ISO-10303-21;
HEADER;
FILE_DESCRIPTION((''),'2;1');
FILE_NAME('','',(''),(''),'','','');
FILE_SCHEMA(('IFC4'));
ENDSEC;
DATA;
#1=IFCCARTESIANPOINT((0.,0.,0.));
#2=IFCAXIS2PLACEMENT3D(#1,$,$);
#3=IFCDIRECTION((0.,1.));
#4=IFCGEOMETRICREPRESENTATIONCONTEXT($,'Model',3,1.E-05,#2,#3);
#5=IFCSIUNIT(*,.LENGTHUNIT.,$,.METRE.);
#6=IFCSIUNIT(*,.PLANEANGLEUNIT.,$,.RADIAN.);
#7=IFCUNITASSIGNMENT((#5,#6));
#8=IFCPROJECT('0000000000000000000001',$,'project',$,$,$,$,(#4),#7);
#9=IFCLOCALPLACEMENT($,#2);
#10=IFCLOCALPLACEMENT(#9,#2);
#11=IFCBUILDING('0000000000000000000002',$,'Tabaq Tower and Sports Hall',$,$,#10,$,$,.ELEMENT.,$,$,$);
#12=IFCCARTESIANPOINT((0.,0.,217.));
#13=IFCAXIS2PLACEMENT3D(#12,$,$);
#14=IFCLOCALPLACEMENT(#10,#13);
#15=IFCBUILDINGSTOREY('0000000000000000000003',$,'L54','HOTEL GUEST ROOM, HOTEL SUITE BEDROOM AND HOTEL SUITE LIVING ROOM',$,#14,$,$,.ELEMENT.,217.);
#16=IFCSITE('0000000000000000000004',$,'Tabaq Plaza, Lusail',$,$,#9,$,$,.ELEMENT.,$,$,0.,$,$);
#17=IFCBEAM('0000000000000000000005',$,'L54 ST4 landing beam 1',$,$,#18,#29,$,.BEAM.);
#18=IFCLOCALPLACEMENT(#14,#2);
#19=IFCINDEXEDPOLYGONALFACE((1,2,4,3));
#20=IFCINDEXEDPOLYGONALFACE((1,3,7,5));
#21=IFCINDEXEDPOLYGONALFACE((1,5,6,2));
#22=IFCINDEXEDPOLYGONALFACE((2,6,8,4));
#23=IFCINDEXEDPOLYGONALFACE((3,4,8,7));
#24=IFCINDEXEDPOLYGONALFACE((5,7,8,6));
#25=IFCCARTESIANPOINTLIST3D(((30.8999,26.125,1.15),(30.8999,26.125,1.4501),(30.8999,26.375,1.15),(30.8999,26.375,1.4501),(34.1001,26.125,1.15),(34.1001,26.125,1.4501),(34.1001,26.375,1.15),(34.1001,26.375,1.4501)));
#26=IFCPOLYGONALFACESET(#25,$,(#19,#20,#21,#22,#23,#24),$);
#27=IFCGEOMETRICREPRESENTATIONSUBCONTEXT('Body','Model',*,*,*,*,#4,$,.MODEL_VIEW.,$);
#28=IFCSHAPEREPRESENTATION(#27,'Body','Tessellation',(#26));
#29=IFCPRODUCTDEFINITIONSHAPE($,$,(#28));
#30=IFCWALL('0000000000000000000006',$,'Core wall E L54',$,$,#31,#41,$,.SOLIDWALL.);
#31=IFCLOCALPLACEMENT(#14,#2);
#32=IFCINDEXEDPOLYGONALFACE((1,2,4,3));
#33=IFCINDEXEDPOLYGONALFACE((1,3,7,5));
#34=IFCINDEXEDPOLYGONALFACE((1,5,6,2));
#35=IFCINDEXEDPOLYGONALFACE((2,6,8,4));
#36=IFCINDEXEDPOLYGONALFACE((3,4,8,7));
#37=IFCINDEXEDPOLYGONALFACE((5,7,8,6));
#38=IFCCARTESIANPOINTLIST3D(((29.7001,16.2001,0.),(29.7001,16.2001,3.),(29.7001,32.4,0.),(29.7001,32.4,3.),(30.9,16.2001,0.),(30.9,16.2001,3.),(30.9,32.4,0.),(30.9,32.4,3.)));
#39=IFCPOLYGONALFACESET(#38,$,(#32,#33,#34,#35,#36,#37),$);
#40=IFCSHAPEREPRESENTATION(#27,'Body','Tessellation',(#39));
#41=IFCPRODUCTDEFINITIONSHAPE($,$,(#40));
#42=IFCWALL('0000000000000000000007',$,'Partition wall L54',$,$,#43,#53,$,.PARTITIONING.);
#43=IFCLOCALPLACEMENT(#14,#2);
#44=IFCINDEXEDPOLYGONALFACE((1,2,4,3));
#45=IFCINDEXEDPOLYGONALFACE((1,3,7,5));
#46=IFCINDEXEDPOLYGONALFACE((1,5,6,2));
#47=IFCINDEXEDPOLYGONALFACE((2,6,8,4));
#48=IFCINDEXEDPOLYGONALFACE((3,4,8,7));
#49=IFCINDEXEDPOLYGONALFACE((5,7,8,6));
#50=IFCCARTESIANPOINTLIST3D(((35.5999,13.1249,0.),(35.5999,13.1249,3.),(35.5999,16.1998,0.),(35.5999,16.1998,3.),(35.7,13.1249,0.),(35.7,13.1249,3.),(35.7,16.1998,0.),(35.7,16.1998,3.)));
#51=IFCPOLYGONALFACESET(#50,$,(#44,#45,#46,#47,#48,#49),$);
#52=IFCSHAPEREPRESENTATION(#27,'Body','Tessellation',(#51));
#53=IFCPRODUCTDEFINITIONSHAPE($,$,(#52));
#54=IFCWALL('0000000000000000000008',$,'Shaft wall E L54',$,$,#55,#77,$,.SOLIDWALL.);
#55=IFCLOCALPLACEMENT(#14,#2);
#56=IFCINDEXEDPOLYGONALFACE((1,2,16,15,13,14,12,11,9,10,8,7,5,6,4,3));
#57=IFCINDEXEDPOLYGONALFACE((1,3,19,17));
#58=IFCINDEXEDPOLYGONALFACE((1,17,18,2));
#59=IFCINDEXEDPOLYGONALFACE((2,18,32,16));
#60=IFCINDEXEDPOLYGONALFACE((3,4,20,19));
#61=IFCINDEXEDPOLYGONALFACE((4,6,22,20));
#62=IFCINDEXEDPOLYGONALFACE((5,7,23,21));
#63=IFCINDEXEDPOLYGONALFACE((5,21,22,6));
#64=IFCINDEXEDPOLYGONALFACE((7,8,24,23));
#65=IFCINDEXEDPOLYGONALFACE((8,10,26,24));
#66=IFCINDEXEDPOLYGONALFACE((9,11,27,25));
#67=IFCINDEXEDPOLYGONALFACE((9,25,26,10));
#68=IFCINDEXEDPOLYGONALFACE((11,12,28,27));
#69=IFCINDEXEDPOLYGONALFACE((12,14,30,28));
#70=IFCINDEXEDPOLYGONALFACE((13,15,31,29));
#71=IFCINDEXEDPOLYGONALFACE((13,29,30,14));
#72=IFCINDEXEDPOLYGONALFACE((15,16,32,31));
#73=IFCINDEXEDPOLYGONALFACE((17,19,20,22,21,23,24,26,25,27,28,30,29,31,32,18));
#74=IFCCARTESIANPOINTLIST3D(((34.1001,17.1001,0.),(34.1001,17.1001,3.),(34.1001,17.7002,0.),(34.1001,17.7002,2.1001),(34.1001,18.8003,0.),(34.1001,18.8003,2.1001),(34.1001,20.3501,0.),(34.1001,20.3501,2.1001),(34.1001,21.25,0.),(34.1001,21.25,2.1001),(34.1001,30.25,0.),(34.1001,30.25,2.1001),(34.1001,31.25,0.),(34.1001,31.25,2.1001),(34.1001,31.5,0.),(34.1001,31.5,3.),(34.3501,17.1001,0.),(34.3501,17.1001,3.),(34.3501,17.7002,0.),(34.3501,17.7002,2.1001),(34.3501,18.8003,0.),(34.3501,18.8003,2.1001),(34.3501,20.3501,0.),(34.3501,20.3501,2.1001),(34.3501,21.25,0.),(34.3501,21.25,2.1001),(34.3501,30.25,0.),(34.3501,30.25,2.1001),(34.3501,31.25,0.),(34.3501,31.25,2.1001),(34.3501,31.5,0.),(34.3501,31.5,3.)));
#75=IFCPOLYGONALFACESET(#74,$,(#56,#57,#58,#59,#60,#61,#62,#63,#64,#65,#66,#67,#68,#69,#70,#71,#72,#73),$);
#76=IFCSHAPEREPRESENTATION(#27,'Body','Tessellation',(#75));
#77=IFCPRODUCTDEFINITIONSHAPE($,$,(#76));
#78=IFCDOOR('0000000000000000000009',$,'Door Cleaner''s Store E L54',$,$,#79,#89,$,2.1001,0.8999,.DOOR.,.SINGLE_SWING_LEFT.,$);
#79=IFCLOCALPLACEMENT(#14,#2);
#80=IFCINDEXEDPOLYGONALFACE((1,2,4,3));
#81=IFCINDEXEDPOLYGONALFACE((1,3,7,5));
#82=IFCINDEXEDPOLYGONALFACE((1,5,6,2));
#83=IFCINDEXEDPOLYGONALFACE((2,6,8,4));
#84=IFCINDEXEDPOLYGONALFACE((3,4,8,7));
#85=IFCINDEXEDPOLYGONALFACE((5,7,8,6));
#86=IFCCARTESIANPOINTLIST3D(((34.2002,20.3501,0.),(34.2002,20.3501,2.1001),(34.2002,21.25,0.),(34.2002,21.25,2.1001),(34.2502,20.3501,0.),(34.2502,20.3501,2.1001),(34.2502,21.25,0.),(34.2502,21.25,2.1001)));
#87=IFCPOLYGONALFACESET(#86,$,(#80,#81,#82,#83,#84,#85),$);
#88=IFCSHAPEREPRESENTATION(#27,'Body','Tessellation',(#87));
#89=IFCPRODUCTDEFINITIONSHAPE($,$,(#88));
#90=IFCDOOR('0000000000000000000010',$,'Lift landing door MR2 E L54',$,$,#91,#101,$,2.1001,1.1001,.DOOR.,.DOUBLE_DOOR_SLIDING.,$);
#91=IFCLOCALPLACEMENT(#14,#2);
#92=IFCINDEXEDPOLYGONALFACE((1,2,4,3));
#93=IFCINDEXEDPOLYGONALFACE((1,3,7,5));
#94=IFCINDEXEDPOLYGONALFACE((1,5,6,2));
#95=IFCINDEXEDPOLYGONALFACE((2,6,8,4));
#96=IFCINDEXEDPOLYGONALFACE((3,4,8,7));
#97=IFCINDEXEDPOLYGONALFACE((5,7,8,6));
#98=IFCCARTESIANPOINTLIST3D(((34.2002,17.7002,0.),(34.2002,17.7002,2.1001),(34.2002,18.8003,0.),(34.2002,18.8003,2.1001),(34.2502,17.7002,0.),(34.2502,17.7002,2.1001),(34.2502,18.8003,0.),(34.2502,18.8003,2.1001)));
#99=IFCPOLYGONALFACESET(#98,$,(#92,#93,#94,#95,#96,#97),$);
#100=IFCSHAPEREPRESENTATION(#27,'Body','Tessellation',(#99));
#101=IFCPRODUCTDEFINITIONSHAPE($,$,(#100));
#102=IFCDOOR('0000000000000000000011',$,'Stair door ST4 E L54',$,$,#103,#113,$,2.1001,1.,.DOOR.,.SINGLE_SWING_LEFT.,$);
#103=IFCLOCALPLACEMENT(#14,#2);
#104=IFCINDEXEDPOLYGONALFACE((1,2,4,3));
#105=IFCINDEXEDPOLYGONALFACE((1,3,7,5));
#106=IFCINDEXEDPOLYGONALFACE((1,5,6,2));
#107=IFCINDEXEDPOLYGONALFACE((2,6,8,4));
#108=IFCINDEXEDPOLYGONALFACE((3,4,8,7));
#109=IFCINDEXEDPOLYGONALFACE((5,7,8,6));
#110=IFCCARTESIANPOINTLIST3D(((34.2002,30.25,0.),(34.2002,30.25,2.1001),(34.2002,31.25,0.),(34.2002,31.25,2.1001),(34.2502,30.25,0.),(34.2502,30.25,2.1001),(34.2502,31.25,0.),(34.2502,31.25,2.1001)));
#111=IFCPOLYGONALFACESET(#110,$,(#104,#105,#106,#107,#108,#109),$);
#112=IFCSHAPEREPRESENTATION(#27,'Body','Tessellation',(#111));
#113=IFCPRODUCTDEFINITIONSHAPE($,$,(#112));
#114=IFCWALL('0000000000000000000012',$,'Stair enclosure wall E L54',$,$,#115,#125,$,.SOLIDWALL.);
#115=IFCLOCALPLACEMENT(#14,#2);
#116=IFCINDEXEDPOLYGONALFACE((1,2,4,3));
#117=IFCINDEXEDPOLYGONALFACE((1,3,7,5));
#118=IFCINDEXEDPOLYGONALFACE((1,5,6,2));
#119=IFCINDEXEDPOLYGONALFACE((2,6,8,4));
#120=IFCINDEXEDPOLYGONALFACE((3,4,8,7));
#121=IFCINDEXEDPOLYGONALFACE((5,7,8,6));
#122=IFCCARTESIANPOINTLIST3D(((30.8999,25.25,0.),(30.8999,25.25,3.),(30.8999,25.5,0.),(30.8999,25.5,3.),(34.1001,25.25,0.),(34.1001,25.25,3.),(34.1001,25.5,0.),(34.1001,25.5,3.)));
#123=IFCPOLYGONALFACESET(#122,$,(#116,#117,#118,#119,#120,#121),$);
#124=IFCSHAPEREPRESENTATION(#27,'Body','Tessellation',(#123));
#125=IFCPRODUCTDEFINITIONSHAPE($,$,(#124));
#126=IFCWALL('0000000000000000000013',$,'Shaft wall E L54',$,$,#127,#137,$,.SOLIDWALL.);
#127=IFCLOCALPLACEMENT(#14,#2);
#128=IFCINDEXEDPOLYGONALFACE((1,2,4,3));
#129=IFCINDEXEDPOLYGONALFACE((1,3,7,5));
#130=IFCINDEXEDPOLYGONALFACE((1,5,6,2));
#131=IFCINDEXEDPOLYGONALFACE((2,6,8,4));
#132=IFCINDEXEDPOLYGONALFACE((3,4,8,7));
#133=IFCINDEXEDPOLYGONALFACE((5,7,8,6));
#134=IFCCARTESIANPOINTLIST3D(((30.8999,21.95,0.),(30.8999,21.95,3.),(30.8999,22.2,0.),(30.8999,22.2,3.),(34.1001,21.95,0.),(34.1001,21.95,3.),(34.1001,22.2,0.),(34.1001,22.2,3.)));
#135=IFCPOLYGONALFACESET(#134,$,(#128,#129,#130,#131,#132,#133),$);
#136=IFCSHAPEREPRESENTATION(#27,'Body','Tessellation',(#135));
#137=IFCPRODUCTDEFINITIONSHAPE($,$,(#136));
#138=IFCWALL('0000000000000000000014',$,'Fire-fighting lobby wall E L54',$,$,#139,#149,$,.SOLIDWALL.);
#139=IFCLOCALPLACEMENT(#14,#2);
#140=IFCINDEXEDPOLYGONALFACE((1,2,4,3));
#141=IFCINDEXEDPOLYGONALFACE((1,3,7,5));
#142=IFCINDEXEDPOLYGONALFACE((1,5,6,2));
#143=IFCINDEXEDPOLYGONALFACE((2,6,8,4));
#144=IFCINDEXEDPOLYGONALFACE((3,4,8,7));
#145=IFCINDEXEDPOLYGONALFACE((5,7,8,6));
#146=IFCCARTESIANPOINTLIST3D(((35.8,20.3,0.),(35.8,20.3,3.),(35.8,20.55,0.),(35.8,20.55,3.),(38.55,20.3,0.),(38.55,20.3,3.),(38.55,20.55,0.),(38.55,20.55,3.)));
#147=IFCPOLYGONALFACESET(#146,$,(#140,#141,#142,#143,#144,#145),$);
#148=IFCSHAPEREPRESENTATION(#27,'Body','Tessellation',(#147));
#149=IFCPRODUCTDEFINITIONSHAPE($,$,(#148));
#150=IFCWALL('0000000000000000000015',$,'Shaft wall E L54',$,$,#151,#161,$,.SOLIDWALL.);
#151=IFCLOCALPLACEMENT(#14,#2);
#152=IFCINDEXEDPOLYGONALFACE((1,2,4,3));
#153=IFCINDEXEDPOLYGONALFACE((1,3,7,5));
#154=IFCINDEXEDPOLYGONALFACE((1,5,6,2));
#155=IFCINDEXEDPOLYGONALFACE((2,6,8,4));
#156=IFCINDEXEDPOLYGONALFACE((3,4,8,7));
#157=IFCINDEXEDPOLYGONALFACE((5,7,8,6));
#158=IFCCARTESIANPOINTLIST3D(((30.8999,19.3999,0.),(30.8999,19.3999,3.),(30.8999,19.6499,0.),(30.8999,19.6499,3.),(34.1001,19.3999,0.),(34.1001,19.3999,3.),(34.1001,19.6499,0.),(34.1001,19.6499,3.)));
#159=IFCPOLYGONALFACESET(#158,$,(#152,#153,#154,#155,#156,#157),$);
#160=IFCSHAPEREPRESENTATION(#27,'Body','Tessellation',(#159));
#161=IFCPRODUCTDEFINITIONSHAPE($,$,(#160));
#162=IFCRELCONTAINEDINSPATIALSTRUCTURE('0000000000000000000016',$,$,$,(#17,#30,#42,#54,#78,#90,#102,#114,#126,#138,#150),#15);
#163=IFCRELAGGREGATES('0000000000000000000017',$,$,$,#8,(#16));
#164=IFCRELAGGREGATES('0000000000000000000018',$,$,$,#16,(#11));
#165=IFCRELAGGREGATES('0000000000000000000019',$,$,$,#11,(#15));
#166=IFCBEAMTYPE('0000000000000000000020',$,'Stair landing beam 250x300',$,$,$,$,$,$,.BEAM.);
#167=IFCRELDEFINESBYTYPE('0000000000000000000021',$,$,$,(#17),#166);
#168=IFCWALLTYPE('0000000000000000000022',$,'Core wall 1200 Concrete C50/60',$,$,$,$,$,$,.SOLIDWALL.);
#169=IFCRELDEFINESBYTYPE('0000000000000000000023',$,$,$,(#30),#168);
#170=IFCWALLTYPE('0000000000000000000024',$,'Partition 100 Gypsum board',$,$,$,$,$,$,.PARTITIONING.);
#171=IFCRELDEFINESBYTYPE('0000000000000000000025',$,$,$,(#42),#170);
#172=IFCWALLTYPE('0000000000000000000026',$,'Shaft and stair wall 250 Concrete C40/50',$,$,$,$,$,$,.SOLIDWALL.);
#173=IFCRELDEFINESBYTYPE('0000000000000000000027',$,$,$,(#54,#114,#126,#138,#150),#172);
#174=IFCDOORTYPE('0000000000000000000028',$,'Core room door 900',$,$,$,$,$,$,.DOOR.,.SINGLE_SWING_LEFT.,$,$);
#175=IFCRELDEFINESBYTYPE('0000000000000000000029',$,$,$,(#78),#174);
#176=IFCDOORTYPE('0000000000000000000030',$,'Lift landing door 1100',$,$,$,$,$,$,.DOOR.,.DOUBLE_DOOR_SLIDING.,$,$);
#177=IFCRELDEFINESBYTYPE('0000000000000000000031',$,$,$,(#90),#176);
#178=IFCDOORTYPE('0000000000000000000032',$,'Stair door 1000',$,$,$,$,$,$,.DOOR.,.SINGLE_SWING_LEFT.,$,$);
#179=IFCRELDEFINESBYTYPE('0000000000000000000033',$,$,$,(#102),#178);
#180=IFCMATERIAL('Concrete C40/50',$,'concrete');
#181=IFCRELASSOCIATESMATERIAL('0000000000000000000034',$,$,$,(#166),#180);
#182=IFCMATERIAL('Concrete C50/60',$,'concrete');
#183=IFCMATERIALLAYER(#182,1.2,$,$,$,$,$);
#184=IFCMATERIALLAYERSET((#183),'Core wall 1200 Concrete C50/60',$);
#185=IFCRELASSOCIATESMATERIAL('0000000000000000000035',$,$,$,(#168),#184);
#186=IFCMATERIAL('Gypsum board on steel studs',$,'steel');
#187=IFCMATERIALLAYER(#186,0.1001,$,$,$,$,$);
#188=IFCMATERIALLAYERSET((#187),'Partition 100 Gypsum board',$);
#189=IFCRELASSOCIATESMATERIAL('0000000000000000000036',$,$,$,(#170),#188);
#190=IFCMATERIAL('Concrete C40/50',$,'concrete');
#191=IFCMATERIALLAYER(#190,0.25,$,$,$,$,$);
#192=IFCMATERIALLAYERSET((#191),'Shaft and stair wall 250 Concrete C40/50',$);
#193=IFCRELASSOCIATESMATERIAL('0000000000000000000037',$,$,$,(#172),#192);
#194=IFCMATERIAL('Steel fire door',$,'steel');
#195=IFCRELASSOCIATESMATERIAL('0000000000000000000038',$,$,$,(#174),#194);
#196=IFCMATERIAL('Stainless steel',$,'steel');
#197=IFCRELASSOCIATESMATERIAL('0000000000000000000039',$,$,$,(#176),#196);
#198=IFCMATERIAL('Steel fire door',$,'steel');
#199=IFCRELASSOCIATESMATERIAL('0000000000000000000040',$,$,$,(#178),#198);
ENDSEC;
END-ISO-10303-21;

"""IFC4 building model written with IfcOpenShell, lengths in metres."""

from ifc_helpers import new_model, si_unit, direction, frame, frame_2d, origin, origin_2d, place, context, subcontext, project, spatial, rectangle, extrude, material, layer, layer_set, material_profile, profile_set, type_object, element, fill, save


model = new_model("IFC4")

# Units and contexts
model_context = context("Model", 3, precision=1e-05, world=origin(), true_north=direction((0.0, 1.0)))
body_context = subcontext(model_context, "Body", "Model", "MODEL_VIEW")
ifc_project = project(units=[si_unit("LENGTHUNIT", "METRE"), si_unit("PLANEANGLEUNIT", "RADIAN")], contexts=[model_context])

# Site, building, storey
site_placement = place(None, origin())
site = spatial("IfcSite", under=ifc_project, at=site_placement, Name="Tabaq Plaza, Lusail", CompositionType="ELEMENT", RefElevation=0.0)
building_placement = place(site_placement, origin())
building = spatial("IfcBuilding", under=site, at=building_placement, Name="Tabaq Tower and Sports Hall", CompositionType="ELEMENT")
storey_placement = place(building_placement, frame((0.0, 0.0, 217.0)))
storey = spatial("IfcBuildingStorey", under=building, at=storey_placement, Name="L54", Description="HOTEL GUEST ROOM, HOTEL SUITE BEDROOM AND HOTEL SUITE LIVING ROOM", CompositionType="ELEMENT", Elevation=217.0)

# Beam
ifc_material_1 = material(Name="Concrete C40/50", Category="concrete")
ifc_material_profile = material_profile(ifc_material_1, rectangle(XDim=0.25, YDim=0.3, at=origin_2d()), Name="RC 250x300")
ifc_profile_set = profile_set([ifc_material_profile], Name="Concrete C40/50")
beam_type = type_object("IfcBeamType", Name="Stair landing beam 250x300", PredefinedType="BEAM", material=ifc_profile_set)
beam_placement = place(storey_placement, frame((30.8999, 26.25, 1.3), z_axis=(1.0, 0.0, 0.0), x_axis=(0.0, 1.0, 0.0)))
element("IfcBeam", 1, at=beam_placement, inside=storey, type_object=beam_type, Name="L54 ST4 landing beam 1", PredefinedType="BEAM", context=body_context, shape_type="SweptSolid", body=[
    extrude(rectangle(XDim=0.25, YDim=0.3, at=origin_2d()), origin(), (0.0, 0.0, 1.0), 3.2002),
])

# Walls
ifc_material_2 = material(Name="Concrete C50/60", Category="concrete")
ifc_layer_1 = layer(ifc_material_2, 1.2)
ifc_layer_set_1 = layer_set([ifc_layer_1], Name="Core wall 1200 Concrete C50/60")
wall_type_1 = type_object("IfcWallType", Name="Core wall 1200 Concrete C50/60", PredefinedType="SOLIDWALL", material=ifc_layer_set_1)
wall_1_placement = place(storey_placement, frame((30.3, 16.2, 0.0), z_axis=(0.0, 0.0, 1.0), x_axis=(0.0, 1.0, 0.0)))
element("IfcWall", 2, at=wall_1_placement, inside=storey, type_object=wall_type_1, Name="Core wall E L54", PredefinedType="SOLIDWALL", context=body_context, shape_type="SweptSolid", body=[
    extrude(rectangle(XDim=16.2, YDim=1.2, at=frame_2d((8.1001, 0.0))), origin(), (0.0, 0.0, 1.0), 3.0),
])
ifc_material_3 = material(Name="Gypsum board on steel studs", Category="steel")
ifc_layer_2 = layer(ifc_material_3, 0.1001)
ifc_layer_set_2 = layer_set([ifc_layer_2], Name="Partition 100 Gypsum board")
wall_type_2 = type_object("IfcWallType", Name="Partition 100 Gypsum board", PredefinedType="PARTITIONING", material=ifc_layer_set_2)
wall_2_placement = place(storey_placement, frame((35.6499, 16.2, 0.0), z_axis=(0.0, 0.0, 1.0), x_axis=(0.0, -1.0, 0.0)))
element("IfcWall", 3, at=wall_2_placement, inside=storey, type_object=wall_type_2, Name="Partition wall L54", PredefinedType="PARTITIONING", context=body_context, shape_type="SweptSolid", body=[
    extrude(rectangle(XDim=3.075, YDim=0.1001, at=frame_2d((1.5376, 0.0))), origin(), (0.0, 0.0, 1.0), 3.0),
])

# Wall, openings, doors
ifc_material_4 = material(Name="Concrete C40/50", Category="concrete")
ifc_layer_3 = layer(ifc_material_4, 0.25)
ifc_layer_set_3 = layer_set([ifc_layer_3], Name="Shaft and stair wall 250 Concrete C40/50")
wall_type_3 = type_object("IfcWallType", Name="Shaft and stair wall 250 Concrete C40/50", PredefinedType="SOLIDWALL", material=ifc_layer_set_3)
wall_3_placement = place(storey_placement, frame((34.2251, 17.1001, 0.0), z_axis=(0.0, 0.0, 1.0), x_axis=(0.0, 1.0, 0.0)))
wall_3 = element("IfcWall", 4, at=wall_3_placement, inside=storey, type_object=wall_type_3, Name="Shaft wall E L54", PredefinedType="SOLIDWALL", context=body_context, shape_type="SweptSolid", body=[
    extrude(rectangle(XDim=14.3999, YDim=0.25, at=frame_2d((7.2, 0.0))), origin(), (0.0, 0.0, 1.0), 3.0),
])
opening_1_placement = place(wall_3_placement, frame((13.1499, 0.0, 0.0)))
opening_1 = element("IfcOpeningElement", 5, at=opening_1_placement, cuts=wall_3, PredefinedType="OPENING", context=body_context, shape_type="SweptSolid", body=[
    extrude(rectangle(XDim=1.0, YDim=2.1001, at=frame_2d((0.5, 1.05))), frame((0.0, 0.125, 0.0), z_axis=(0.0, -1.0, 0.0), x_axis=(1.0, 0.0, 0.0)), (0.0, 0.0, 1.0), 0.25),
])
opening_2_placement = place(wall_3_placement, frame((0.6001, 0.0, 0.0)))
opening_2 = element("IfcOpeningElement", 6, at=opening_2_placement, cuts=wall_3, PredefinedType="OPENING", context=body_context, shape_type="SweptSolid", body=[
    extrude(rectangle(XDim=1.1001, YDim=2.1001, at=frame_2d((0.55, 1.05))), frame((0.0, 0.125, 0.0), z_axis=(0.0, -1.0, 0.0), x_axis=(1.0, 0.0, 0.0)), (0.0, 0.0, 1.0), 0.25),
])
opening_3_placement = place(wall_3_placement, frame((3.25, 0.0, 0.0)))
opening_3 = element("IfcOpeningElement", 7, at=opening_3_placement, cuts=wall_3, PredefinedType="OPENING", context=body_context, shape_type="SweptSolid", body=[
    extrude(rectangle(XDim=0.8999, YDim=2.1001, at=frame_2d((0.45, 1.05))), frame((0.0, 0.125, 0.0), z_axis=(0.0, -1.0, 0.0), x_axis=(1.0, 0.0, 0.0)), (0.0, 0.0, 1.0), 0.25),
])
ifc_material_5 = material(Name="Steel fire door", Category="steel")
door_type_1 = type_object("IfcDoorType", Name="Core room door 900", OperationType="SINGLE_SWING_LEFT", PredefinedType="DOOR", material=ifc_material_5)
door_1_placement = place(opening_3_placement, origin())
door_1 = element("IfcDoor", 8, at=door_1_placement, inside=storey, type_object=door_type_1, Name="Door Cleaner's Store E L54", OperationType="SINGLE_SWING_LEFT", OverallHeight=2.1001, OverallWidth=0.8999, PredefinedType="DOOR", context=body_context, shape_type="SweptSolid", body=[
    extrude(rectangle(XDim=0.8999, YDim=2.1001, at=frame_2d((0.45, 1.05))), frame((0.0, 0.0249, 0.0), z_axis=(0.0, -1.0, 0.0), x_axis=(1.0, 0.0, 0.0)), (0.0, 0.0, 1.0), 0.05),
])
fill(opening_3, door_1)
ifc_material_6 = material(Name="Stainless steel", Category="steel")
door_type_2 = type_object("IfcDoorType", Name="Lift landing door 1100", OperationType="DOUBLE_DOOR_SLIDING", PredefinedType="DOOR", material=ifc_material_6)
door_2_placement = place(opening_2_placement, origin())
door_2 = element("IfcDoor", 9, at=door_2_placement, inside=storey, type_object=door_type_2, Name="Lift landing door MR2 E L54", OperationType="DOUBLE_DOOR_SLIDING", OverallHeight=2.1001, OverallWidth=1.1001, PredefinedType="DOOR", context=body_context, shape_type="SweptSolid", body=[
    extrude(rectangle(XDim=1.1001, YDim=2.1001, at=frame_2d((0.55, 1.05))), frame((0.0, 0.0249, 0.0), z_axis=(0.0, -1.0, 0.0), x_axis=(1.0, 0.0, 0.0)), (0.0, 0.0, 1.0), 0.05),
])
fill(opening_2, door_2)
ifc_material_7 = material(Name="Steel fire door", Category="steel")
door_type_3 = type_object("IfcDoorType", Name="Stair door 1000", OperationType="SINGLE_SWING_LEFT", PredefinedType="DOOR", material=ifc_material_7)
door_3_placement = place(opening_1_placement, origin())
door_3 = element("IfcDoor", 10, at=door_3_placement, inside=storey, type_object=door_type_3, Name="Stair door ST4 E L54", OperationType="SINGLE_SWING_LEFT", OverallHeight=2.1001, OverallWidth=1.0, PredefinedType="DOOR", context=body_context, shape_type="SweptSolid", body=[
    extrude(rectangle(XDim=1.0, YDim=2.1001, at=frame_2d((0.5, 1.05))), frame((0.0, 0.0249, 0.0), z_axis=(0.0, -1.0, 0.0), x_axis=(1.0, 0.0, 0.0)), (0.0, 0.0, 1.0), 0.05),
])
fill(opening_1, door_3)

# Walls
for number, where, z_axis, x_axis, name in (
    (11, (30.8999, 25.375, 0.0), (0.0, 0.0, 1.0), (1.0, 0.0, 0.0), "Stair enclosure wall E L54"),
    (12, (30.8999, 22.075, 0.0), (0.0, 0.0, 1.0), (1.0, 0.0, 0.0), "Shaft wall E L54"),
):
    element("IfcWall", number, at=place(storey_placement, frame(where, z_axis=z_axis, x_axis=x_axis)), inside=storey, type_object=wall_type_3, Name=name, PredefinedType="SOLIDWALL", context=body_context, shape_type="SweptSolid", body=[
        extrude(rectangle(XDim=3.2002, YDim=0.25, at=frame_2d((1.6001, 0.0))), origin(), (0.0, 0.0, 1.0), 3.0),
    ])
wall_4_placement = place(storey_placement, frame((35.8, 20.425, 0.0), z_axis=(0.0, 0.0, 1.0), x_axis=(1.0, 0.0, 0.0)))
element("IfcWall", 13, at=wall_4_placement, inside=storey, type_object=wall_type_3, Name="Fire-fighting lobby wall E L54", PredefinedType="SOLIDWALL", context=body_context, shape_type="SweptSolid", body=[
    extrude(rectangle(XDim=2.75, YDim=0.25, at=frame_2d((1.375, 0.0))), origin(), (0.0, 0.0, 1.0), 3.0),
])
wall_5_placement = place(storey_placement, frame((30.8999, 19.5249, 0.0), z_axis=(0.0, 0.0, 1.0), x_axis=(1.0, 0.0, 0.0)))
element("IfcWall", 14, at=wall_5_placement, inside=storey, type_object=wall_type_3, Name="Shaft wall E L54", PredefinedType="SOLIDWALL", context=body_context, shape_type="SweptSolid", body=[
    extrude(rectangle(XDim=3.2002, YDim=0.25, at=frame_2d((1.6001, 0.0))), origin(), (0.0, 0.0, 1.0), 3.0),
])

save(model, "model.ifc")
